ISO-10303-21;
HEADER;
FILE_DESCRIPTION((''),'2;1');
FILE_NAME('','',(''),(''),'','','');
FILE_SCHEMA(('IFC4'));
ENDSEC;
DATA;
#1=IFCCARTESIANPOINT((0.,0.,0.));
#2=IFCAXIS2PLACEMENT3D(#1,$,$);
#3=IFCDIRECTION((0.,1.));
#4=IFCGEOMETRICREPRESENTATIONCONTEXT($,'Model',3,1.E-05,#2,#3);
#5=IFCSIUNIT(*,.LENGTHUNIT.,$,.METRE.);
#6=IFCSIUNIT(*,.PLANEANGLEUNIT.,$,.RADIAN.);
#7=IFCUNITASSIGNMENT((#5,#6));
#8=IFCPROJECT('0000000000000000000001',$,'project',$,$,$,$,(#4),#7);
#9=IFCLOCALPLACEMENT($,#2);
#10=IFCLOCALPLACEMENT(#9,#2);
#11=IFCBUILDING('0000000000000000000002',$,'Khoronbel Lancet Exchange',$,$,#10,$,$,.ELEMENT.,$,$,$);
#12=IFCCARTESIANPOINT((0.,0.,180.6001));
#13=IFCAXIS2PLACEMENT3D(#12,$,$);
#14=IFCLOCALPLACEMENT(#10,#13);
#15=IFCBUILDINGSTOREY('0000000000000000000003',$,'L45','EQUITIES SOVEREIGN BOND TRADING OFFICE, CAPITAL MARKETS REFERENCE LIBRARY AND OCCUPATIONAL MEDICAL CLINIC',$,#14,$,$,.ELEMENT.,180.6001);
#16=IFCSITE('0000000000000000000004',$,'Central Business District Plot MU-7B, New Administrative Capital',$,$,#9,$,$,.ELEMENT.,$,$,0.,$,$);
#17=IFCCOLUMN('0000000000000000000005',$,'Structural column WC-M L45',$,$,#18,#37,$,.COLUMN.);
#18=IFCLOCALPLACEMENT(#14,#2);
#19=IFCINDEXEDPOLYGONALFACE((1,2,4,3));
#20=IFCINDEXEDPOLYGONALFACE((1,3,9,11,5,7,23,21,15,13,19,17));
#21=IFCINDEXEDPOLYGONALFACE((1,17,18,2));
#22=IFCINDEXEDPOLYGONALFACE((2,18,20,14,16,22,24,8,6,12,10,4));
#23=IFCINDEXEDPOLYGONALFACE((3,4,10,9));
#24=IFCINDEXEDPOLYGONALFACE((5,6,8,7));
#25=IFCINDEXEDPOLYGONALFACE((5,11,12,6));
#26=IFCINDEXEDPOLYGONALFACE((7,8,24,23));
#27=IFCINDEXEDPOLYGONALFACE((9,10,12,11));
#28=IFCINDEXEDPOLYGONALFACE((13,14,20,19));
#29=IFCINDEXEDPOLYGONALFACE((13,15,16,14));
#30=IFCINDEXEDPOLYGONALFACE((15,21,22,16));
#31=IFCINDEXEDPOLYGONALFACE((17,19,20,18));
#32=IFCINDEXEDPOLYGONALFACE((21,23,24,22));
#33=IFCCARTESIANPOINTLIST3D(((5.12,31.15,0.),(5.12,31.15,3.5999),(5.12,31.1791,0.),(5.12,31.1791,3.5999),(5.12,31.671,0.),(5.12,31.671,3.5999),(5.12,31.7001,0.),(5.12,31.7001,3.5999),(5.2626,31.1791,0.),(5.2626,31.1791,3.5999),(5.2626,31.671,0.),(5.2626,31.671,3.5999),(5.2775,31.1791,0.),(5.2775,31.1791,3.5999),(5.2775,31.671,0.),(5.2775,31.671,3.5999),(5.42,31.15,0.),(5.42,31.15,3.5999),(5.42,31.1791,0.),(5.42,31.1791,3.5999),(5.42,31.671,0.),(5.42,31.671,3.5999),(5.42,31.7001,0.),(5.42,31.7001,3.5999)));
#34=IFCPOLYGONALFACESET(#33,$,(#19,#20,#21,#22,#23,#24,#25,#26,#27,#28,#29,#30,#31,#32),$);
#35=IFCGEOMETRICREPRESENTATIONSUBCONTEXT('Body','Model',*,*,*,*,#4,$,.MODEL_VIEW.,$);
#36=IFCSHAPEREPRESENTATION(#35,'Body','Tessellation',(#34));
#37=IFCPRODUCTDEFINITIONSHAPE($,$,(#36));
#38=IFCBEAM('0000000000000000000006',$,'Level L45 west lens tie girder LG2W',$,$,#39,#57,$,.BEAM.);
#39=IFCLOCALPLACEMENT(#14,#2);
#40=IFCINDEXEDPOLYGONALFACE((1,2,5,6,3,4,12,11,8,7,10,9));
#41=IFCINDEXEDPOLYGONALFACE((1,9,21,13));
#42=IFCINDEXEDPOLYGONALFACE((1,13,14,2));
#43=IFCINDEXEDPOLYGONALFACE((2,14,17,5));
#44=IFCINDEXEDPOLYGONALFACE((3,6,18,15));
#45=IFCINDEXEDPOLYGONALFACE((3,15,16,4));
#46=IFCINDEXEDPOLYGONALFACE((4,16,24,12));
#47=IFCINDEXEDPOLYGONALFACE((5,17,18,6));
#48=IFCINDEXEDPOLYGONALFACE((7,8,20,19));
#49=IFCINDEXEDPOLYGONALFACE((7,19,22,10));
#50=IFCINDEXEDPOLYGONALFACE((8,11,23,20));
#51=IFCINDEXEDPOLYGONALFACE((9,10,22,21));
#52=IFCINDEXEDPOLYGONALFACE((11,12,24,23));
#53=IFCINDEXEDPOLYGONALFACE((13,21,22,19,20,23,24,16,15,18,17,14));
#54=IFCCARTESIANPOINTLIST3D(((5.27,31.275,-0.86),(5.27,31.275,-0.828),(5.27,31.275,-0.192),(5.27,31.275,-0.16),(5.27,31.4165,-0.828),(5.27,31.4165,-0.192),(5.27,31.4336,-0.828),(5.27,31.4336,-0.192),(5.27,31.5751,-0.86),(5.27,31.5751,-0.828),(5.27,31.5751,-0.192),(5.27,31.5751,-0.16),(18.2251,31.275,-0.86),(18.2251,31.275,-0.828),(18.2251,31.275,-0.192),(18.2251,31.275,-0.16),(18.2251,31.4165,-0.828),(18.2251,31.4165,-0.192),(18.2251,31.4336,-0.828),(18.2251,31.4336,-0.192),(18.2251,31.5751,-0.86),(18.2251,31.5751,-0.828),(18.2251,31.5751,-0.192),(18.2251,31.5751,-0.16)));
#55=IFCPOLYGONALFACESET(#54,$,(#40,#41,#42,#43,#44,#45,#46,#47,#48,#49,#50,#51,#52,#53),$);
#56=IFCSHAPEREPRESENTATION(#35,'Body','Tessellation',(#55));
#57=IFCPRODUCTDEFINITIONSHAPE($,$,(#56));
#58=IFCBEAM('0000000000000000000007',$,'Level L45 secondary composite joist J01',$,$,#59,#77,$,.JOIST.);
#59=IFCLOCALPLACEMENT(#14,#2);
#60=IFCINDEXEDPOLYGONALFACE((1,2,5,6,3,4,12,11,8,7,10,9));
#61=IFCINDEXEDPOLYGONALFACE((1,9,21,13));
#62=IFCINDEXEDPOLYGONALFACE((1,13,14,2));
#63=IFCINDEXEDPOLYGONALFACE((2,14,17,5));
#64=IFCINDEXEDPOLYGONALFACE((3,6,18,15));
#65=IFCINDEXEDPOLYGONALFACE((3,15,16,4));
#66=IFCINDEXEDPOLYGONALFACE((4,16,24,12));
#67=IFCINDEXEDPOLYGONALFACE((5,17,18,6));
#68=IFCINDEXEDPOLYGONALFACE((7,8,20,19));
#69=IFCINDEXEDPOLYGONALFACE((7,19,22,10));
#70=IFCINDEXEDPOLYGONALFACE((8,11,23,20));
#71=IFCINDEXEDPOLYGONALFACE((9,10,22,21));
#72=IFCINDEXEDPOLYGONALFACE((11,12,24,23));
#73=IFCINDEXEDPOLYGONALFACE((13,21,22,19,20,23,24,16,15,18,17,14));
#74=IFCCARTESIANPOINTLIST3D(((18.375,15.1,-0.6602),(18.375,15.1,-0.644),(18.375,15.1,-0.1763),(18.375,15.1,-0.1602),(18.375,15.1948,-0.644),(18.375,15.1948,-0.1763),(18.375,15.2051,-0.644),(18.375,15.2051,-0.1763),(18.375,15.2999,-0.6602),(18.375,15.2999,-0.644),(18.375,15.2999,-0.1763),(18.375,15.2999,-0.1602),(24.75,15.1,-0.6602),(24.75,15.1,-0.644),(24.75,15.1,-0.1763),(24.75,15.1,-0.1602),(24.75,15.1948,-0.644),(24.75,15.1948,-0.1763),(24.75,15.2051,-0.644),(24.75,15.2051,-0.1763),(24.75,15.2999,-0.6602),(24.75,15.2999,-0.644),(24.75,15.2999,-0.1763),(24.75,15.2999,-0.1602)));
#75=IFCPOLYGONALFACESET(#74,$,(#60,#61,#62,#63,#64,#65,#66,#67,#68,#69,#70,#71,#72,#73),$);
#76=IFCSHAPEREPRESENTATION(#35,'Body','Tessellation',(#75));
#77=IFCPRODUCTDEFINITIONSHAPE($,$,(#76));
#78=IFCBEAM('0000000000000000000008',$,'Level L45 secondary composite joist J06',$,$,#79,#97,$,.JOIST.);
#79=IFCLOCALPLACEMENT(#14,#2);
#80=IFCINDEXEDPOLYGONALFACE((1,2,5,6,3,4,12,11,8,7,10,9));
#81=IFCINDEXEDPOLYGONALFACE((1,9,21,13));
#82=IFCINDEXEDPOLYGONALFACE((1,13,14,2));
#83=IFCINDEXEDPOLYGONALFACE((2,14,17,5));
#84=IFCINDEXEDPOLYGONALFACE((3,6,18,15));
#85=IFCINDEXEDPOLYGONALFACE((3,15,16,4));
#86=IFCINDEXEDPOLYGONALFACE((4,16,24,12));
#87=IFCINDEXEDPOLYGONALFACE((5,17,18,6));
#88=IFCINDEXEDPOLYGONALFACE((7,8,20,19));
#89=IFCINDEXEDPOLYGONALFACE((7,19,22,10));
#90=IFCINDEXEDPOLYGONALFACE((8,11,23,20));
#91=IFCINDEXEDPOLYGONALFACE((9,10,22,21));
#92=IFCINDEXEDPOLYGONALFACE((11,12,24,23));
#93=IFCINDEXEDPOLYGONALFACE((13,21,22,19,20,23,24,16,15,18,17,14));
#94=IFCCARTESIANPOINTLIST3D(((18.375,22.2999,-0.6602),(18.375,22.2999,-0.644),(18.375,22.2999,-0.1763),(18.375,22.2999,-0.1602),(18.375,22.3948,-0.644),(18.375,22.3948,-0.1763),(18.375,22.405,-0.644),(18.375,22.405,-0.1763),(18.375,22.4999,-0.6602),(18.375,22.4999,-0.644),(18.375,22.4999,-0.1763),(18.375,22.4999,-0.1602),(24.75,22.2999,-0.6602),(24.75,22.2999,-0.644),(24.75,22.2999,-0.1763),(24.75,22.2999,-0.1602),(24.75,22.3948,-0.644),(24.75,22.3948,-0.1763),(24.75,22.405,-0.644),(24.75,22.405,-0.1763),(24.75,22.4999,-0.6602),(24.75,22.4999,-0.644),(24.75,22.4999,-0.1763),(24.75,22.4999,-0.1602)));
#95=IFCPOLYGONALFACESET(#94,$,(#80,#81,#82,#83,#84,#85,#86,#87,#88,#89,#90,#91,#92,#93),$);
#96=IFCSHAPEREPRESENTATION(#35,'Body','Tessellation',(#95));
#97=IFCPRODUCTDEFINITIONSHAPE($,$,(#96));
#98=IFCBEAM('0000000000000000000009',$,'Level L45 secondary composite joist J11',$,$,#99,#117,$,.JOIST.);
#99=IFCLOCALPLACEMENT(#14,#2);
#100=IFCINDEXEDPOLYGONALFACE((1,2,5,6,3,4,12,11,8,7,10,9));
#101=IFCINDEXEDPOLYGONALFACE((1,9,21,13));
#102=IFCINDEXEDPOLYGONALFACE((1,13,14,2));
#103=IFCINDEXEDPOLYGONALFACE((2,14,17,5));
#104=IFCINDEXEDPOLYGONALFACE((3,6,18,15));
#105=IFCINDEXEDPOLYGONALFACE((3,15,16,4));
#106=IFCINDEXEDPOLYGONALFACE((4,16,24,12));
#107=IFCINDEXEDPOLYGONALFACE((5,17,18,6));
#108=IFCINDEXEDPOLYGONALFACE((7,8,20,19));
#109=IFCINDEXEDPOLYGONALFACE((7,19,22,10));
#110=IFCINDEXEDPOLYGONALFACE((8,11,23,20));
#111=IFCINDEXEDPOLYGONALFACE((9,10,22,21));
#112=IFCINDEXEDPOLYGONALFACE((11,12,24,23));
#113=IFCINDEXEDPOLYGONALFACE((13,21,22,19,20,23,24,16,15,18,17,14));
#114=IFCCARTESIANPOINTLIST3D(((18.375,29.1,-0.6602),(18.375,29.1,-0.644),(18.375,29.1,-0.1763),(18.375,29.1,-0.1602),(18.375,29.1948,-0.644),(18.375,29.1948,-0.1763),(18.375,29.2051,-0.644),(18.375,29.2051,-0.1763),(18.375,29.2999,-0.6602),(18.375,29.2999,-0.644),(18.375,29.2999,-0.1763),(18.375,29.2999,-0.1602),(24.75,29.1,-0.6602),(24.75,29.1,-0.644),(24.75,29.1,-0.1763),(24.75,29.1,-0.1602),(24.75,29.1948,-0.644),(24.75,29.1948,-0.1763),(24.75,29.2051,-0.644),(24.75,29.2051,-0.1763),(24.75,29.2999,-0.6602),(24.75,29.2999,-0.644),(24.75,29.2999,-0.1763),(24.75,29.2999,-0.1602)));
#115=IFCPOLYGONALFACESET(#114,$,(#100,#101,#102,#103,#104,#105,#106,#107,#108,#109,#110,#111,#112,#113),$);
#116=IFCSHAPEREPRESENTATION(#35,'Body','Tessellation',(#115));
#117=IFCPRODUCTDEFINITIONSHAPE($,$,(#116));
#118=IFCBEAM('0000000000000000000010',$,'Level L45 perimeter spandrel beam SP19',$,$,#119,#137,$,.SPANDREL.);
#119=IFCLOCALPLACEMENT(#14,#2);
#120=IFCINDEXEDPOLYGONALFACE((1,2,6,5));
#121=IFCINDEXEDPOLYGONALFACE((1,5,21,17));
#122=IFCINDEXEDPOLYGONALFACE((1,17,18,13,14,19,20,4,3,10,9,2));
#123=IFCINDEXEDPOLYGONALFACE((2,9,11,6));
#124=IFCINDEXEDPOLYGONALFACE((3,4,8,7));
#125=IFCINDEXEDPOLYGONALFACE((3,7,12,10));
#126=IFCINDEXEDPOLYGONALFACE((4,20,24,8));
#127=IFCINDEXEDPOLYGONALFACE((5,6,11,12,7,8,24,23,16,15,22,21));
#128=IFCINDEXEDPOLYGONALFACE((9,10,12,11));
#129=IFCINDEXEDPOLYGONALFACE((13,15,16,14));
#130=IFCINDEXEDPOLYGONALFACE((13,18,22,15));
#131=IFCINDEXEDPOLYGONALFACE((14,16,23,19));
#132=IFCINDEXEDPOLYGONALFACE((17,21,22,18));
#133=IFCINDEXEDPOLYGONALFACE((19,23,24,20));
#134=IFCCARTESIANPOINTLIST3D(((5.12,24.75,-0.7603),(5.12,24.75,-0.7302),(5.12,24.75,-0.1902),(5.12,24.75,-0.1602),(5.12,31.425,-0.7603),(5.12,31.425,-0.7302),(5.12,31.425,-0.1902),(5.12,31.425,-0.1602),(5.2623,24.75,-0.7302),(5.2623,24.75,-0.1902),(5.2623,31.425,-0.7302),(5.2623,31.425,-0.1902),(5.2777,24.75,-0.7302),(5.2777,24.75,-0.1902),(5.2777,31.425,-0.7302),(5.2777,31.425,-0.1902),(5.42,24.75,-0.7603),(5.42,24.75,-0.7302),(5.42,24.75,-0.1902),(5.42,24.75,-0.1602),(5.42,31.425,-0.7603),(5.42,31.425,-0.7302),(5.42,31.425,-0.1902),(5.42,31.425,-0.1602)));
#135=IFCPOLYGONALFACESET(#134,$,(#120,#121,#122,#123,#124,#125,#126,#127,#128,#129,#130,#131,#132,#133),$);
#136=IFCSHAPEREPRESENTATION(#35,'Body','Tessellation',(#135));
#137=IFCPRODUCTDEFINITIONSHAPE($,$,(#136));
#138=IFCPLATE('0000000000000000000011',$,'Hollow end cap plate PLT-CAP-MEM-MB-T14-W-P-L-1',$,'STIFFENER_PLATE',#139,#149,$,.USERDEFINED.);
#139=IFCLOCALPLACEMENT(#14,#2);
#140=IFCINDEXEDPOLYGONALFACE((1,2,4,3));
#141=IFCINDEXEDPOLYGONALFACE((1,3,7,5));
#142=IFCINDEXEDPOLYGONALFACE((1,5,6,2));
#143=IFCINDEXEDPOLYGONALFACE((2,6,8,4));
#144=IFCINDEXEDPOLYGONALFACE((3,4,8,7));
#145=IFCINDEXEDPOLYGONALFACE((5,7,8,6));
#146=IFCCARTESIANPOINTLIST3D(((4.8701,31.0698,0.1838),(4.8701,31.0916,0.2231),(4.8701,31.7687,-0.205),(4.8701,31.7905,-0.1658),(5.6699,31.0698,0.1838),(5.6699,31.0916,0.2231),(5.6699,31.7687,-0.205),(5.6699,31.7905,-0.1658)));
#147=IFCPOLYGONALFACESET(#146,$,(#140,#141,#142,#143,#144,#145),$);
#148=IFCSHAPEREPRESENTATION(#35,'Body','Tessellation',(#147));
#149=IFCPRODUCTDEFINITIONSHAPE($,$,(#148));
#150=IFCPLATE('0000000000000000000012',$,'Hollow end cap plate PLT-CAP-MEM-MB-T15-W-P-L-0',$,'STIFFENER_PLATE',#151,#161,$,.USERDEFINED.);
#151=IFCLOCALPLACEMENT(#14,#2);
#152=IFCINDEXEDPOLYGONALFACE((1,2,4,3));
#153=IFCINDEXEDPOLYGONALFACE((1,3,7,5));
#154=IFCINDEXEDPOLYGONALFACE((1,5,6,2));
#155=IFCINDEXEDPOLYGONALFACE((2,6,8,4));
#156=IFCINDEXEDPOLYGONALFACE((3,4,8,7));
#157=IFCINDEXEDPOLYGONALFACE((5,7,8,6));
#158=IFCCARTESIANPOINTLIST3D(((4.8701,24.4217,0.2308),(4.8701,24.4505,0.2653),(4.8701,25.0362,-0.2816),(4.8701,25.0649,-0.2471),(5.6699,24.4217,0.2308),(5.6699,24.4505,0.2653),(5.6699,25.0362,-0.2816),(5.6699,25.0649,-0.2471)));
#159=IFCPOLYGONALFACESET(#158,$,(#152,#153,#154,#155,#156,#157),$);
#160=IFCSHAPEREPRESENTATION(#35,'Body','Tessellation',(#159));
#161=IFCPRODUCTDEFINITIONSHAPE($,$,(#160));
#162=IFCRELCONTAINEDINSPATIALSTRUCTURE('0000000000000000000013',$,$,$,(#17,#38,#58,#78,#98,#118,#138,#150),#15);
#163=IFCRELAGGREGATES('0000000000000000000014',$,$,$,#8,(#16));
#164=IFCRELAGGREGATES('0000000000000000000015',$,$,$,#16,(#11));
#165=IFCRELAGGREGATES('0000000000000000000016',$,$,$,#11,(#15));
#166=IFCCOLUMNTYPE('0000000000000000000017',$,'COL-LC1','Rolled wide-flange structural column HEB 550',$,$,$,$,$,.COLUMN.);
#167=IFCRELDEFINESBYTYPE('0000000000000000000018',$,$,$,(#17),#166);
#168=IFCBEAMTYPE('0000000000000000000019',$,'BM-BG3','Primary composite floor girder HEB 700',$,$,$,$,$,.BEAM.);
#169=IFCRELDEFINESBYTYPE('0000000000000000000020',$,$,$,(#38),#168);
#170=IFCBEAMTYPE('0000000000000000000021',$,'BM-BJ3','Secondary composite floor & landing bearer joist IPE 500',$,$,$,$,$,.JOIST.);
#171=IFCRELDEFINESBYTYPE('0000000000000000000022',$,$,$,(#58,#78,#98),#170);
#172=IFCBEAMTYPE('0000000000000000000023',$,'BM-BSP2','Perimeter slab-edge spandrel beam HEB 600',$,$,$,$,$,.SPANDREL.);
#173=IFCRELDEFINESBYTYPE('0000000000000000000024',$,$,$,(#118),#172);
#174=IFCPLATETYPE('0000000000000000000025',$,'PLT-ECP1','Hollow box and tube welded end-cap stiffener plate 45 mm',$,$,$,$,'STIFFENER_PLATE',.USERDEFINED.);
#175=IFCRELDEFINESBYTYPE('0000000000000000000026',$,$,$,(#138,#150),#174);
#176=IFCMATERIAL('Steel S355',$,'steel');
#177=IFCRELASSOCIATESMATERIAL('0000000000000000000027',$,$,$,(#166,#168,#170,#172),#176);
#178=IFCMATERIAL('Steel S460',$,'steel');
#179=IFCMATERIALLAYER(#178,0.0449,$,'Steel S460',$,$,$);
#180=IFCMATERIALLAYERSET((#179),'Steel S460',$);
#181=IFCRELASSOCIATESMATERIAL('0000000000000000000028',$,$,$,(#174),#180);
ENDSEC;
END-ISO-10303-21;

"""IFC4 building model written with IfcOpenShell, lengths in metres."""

from ifc_helpers import new_model, si_unit, direction, frame, origin, origin_2d, place, context, subcontext, project, spatial, polyline, i_section, outline, extrude, material, layer, layer_set, material_profile, profile_set, type_object, element, save


model = new_model("IFC4")

# Units and contexts
model_context = context("Model", 3, precision=1e-05, world=origin(), true_north=direction((0.0, 1.0)))
body_context = subcontext(model_context, "Body", "Model", "MODEL_VIEW")
ifc_project = project(units=[si_unit("LENGTHUNIT", "METRE"), si_unit("PLANEANGLEUNIT", "RADIAN")], contexts=[model_context])

# Site, building, storey
site_placement = place(None, origin())
site = spatial("IfcSite", under=ifc_project, at=site_placement, Name="Central Business District Plot MU-7B, New Administrative Capital", CompositionType="ELEMENT", RefElevation=0.0)
building_placement = place(site_placement, origin())
building = spatial("IfcBuilding", under=site, at=building_placement, Name="Khoronbel Lancet Exchange", CompositionType="ELEMENT")
storey_placement = place(building_placement, frame((0.0, 0.0, 180.6001)))
storey = spatial("IfcBuildingStorey", under=building, at=storey_placement, Name="L45", Description="EQUITIES SOVEREIGN BOND TRADING OFFICE, CAPITAL MARKETS REFERENCE LIBRARY AND OCCUPATIONAL MEDICAL CLINIC", CompositionType="ELEMENT", Elevation=180.6001)

# Column
ifc_material_1 = material(Name="Steel S355", Category="steel")
ifc_material_profile_1 = material_profile(ifc_material_1, i_section(OverallWidth=0.3, OverallDepth=0.55, WebThickness=0.0149, FlangeThickness=0.0291, at=origin_2d()), Name="HEB 550")
ifc_profile_set_1 = profile_set([ifc_material_profile_1], Name="Steel S355")
column_type = type_object("IfcColumnType", Name="COL-LC1", Description="Rolled wide-flange structural column HEB 550", PredefinedType="COLUMN", material=ifc_profile_set_1)
column_placement = place(storey_placement, frame((5.27, 31.425, 0.0), z_axis=(0.0, 0.0, 1.0), x_axis=(1.0, 0.0, 0.0)))
element("IfcColumn", 1, at=column_placement, inside=storey, type_object=column_type, Name="Structural column WC-M L45", PredefinedType="COLUMN", context=body_context, shape_type="SweptSolid", body=[
    extrude(i_section(OverallWidth=0.3, OverallDepth=0.55, WebThickness=0.0149, FlangeThickness=0.0291, at=origin_2d()), origin(), (0.0, 0.0, 1.0), 3.5999),
])

# Beams
ifc_material_profile_2 = material_profile(ifc_material_1, i_section(OverallWidth=0.3, OverallDepth=0.7, WebThickness=0.0171, FlangeThickness=0.032, at=origin_2d()), Name="HEB 700")
ifc_profile_set_2 = profile_set([ifc_material_profile_2], Name="Steel S355")
beam_type_1 = type_object("IfcBeamType", Name="BM-BG3", Description="Primary composite floor girder HEB 700", PredefinedType="BEAM", material=ifc_profile_set_2)
beam_1_placement = place(storey_placement, frame((5.27, 31.425, -0.51), z_axis=(1.0, 0.0, 0.0), x_axis=(0.0, 1.0, 0.0)))
element("IfcBeam", 2, at=beam_1_placement, inside=storey, type_object=beam_type_1, Name="Level L45 west lens tie girder LG2W", PredefinedType="BEAM", context=body_context, shape_type="SweptSolid", body=[
    extrude(i_section(OverallWidth=0.3, OverallDepth=0.7, WebThickness=0.0171, FlangeThickness=0.032, at=origin_2d()), origin(), (0.0, 0.0, 1.0), 12.9551),
])
ifc_material_profile_3 = material_profile(ifc_material_1, i_section(OverallWidth=0.2, OverallDepth=0.5, WebThickness=0.0103, FlangeThickness=0.0161, at=origin_2d()), Name="IPE 500")
ifc_profile_set_3 = profile_set([ifc_material_profile_3], Name="Steel S355")
beam_type_2 = type_object("IfcBeamType", Name="BM-BJ3", Description="Secondary composite floor & landing bearer joist IPE 500", PredefinedType="JOIST", material=ifc_profile_set_3)
for number, where, z_axis, x_axis, name in (
    (3, (18.375, 15.2, -0.4102), (1.0, 0.0, 0.0), (0.0, 1.0, 0.0), "Level L45 secondary composite joist J01"),
    (4, (18.375, 22.3999, -0.4102), (1.0, 0.0, 0.0), (0.0, 1.0, 0.0), "Level L45 secondary composite joist J06"),
    (5, (18.375, 29.2, -0.4102), (1.0, 0.0, 0.0), (0.0, 1.0, 0.0), "Level L45 secondary composite joist J11"),
):
    element("IfcBeam", number, at=place(storey_placement, frame(where, z_axis=z_axis, x_axis=x_axis)), inside=storey, type_object=beam_type_2, Name=name, PredefinedType="JOIST", context=body_context, shape_type="SweptSolid", body=[
        extrude(i_section(OverallWidth=0.2, OverallDepth=0.5, WebThickness=0.0103, FlangeThickness=0.0161, at=origin_2d()), origin(), (0.0, 0.0, 1.0), 6.375),
    ])
ifc_material_profile_4 = material_profile(ifc_material_1, i_section(OverallWidth=0.3, OverallDepth=0.6001, WebThickness=0.0154, FlangeThickness=0.03, at=origin_2d()), Name="HEB 600")
ifc_profile_set_4 = profile_set([ifc_material_profile_4], Name="Steel S355")
beam_type_3 = type_object("IfcBeamType", Name="BM-BSP2", Description="Perimeter slab-edge spandrel beam HEB 600", PredefinedType="SPANDREL", material=ifc_profile_set_4)
beam_2_placement = place(storey_placement, frame((5.27, 31.425, -0.4602), z_axis=(0.0, -1.0, 0.0), x_axis=(1.0, 0.0, 0.0)))
element("IfcBeam", 6, at=beam_2_placement, inside=storey, type_object=beam_type_3, Name="Level L45 perimeter spandrel beam SP19", PredefinedType="SPANDREL", context=body_context, shape_type="SweptSolid", body=[
    extrude(i_section(OverallWidth=0.3, OverallDepth=0.6001, WebThickness=0.0154, FlangeThickness=0.03, at=origin_2d()), origin(), (0.0, 0.0, 1.0), 6.675),
])

# Plates
ifc_material_2 = material(Name="Steel S460", Category="steel")
ifc_layer_1 = layer(ifc_material_2, 0.0449, Name="Steel S460")
ifc_layer_set_1 = layer_set([ifc_layer_1], Name="Steel S460")
plate_type = type_object("IfcPlateType", Name="PLT-ECP1", Description="Hollow box and tube welded end-cap stiffener plate 45 mm", ElementType="STIFFENER_PLATE", PredefinedType="USERDEFINED", material=ifc_layer_set_1)
plate_1_placement = place(storey_placement, frame((5.6699, 31.7905, -0.1658), z_axis=(0.0, 0.486213, 0.87384), x_axis=(-1.0, 0.0, 0.0)))
element("IfcPlate", 7, at=plate_1_placement, inside=storey, type_object=plate_type, Name="Hollow end cap plate PLT-CAP-MEM-MB-T14-W-P-L-1", ObjectType="STIFFENER_PLATE", PredefinedType="USERDEFINED", context=body_context, shape_type="SweptSolid", body=[
    extrude(outline(polyline([(0.0, 0.0), (0.7998, 0.0), (0.7998, 0.7998), (0.0, 0.7998), (0.0, 0.0)])), origin(), (0.0, 0.0, -1.0), 0.0449),
])
plate_2_placement = place(storey_placement, frame((5.6699, 25.0649, -0.2471), z_axis=(0.0, 0.640454, 0.767996), x_axis=(-1.0, 0.0, 0.0)))
element("IfcPlate", 8, at=plate_2_placement, inside=storey, type_object=plate_type, Name="Hollow end cap plate PLT-CAP-MEM-MB-T15-W-P-L-0", ObjectType="STIFFENER_PLATE", PredefinedType="USERDEFINED", context=body_context, shape_type="SweptSolid", body=[
    extrude(outline(polyline([(0.0, 0.0), (0.7998, 0.0), (0.7998, 0.8), (0.0, 0.8), (0.0, 0.0)])), origin(), (0.0, 0.0, -1.0), 0.0449),
])

save(model, "model.ifc")
